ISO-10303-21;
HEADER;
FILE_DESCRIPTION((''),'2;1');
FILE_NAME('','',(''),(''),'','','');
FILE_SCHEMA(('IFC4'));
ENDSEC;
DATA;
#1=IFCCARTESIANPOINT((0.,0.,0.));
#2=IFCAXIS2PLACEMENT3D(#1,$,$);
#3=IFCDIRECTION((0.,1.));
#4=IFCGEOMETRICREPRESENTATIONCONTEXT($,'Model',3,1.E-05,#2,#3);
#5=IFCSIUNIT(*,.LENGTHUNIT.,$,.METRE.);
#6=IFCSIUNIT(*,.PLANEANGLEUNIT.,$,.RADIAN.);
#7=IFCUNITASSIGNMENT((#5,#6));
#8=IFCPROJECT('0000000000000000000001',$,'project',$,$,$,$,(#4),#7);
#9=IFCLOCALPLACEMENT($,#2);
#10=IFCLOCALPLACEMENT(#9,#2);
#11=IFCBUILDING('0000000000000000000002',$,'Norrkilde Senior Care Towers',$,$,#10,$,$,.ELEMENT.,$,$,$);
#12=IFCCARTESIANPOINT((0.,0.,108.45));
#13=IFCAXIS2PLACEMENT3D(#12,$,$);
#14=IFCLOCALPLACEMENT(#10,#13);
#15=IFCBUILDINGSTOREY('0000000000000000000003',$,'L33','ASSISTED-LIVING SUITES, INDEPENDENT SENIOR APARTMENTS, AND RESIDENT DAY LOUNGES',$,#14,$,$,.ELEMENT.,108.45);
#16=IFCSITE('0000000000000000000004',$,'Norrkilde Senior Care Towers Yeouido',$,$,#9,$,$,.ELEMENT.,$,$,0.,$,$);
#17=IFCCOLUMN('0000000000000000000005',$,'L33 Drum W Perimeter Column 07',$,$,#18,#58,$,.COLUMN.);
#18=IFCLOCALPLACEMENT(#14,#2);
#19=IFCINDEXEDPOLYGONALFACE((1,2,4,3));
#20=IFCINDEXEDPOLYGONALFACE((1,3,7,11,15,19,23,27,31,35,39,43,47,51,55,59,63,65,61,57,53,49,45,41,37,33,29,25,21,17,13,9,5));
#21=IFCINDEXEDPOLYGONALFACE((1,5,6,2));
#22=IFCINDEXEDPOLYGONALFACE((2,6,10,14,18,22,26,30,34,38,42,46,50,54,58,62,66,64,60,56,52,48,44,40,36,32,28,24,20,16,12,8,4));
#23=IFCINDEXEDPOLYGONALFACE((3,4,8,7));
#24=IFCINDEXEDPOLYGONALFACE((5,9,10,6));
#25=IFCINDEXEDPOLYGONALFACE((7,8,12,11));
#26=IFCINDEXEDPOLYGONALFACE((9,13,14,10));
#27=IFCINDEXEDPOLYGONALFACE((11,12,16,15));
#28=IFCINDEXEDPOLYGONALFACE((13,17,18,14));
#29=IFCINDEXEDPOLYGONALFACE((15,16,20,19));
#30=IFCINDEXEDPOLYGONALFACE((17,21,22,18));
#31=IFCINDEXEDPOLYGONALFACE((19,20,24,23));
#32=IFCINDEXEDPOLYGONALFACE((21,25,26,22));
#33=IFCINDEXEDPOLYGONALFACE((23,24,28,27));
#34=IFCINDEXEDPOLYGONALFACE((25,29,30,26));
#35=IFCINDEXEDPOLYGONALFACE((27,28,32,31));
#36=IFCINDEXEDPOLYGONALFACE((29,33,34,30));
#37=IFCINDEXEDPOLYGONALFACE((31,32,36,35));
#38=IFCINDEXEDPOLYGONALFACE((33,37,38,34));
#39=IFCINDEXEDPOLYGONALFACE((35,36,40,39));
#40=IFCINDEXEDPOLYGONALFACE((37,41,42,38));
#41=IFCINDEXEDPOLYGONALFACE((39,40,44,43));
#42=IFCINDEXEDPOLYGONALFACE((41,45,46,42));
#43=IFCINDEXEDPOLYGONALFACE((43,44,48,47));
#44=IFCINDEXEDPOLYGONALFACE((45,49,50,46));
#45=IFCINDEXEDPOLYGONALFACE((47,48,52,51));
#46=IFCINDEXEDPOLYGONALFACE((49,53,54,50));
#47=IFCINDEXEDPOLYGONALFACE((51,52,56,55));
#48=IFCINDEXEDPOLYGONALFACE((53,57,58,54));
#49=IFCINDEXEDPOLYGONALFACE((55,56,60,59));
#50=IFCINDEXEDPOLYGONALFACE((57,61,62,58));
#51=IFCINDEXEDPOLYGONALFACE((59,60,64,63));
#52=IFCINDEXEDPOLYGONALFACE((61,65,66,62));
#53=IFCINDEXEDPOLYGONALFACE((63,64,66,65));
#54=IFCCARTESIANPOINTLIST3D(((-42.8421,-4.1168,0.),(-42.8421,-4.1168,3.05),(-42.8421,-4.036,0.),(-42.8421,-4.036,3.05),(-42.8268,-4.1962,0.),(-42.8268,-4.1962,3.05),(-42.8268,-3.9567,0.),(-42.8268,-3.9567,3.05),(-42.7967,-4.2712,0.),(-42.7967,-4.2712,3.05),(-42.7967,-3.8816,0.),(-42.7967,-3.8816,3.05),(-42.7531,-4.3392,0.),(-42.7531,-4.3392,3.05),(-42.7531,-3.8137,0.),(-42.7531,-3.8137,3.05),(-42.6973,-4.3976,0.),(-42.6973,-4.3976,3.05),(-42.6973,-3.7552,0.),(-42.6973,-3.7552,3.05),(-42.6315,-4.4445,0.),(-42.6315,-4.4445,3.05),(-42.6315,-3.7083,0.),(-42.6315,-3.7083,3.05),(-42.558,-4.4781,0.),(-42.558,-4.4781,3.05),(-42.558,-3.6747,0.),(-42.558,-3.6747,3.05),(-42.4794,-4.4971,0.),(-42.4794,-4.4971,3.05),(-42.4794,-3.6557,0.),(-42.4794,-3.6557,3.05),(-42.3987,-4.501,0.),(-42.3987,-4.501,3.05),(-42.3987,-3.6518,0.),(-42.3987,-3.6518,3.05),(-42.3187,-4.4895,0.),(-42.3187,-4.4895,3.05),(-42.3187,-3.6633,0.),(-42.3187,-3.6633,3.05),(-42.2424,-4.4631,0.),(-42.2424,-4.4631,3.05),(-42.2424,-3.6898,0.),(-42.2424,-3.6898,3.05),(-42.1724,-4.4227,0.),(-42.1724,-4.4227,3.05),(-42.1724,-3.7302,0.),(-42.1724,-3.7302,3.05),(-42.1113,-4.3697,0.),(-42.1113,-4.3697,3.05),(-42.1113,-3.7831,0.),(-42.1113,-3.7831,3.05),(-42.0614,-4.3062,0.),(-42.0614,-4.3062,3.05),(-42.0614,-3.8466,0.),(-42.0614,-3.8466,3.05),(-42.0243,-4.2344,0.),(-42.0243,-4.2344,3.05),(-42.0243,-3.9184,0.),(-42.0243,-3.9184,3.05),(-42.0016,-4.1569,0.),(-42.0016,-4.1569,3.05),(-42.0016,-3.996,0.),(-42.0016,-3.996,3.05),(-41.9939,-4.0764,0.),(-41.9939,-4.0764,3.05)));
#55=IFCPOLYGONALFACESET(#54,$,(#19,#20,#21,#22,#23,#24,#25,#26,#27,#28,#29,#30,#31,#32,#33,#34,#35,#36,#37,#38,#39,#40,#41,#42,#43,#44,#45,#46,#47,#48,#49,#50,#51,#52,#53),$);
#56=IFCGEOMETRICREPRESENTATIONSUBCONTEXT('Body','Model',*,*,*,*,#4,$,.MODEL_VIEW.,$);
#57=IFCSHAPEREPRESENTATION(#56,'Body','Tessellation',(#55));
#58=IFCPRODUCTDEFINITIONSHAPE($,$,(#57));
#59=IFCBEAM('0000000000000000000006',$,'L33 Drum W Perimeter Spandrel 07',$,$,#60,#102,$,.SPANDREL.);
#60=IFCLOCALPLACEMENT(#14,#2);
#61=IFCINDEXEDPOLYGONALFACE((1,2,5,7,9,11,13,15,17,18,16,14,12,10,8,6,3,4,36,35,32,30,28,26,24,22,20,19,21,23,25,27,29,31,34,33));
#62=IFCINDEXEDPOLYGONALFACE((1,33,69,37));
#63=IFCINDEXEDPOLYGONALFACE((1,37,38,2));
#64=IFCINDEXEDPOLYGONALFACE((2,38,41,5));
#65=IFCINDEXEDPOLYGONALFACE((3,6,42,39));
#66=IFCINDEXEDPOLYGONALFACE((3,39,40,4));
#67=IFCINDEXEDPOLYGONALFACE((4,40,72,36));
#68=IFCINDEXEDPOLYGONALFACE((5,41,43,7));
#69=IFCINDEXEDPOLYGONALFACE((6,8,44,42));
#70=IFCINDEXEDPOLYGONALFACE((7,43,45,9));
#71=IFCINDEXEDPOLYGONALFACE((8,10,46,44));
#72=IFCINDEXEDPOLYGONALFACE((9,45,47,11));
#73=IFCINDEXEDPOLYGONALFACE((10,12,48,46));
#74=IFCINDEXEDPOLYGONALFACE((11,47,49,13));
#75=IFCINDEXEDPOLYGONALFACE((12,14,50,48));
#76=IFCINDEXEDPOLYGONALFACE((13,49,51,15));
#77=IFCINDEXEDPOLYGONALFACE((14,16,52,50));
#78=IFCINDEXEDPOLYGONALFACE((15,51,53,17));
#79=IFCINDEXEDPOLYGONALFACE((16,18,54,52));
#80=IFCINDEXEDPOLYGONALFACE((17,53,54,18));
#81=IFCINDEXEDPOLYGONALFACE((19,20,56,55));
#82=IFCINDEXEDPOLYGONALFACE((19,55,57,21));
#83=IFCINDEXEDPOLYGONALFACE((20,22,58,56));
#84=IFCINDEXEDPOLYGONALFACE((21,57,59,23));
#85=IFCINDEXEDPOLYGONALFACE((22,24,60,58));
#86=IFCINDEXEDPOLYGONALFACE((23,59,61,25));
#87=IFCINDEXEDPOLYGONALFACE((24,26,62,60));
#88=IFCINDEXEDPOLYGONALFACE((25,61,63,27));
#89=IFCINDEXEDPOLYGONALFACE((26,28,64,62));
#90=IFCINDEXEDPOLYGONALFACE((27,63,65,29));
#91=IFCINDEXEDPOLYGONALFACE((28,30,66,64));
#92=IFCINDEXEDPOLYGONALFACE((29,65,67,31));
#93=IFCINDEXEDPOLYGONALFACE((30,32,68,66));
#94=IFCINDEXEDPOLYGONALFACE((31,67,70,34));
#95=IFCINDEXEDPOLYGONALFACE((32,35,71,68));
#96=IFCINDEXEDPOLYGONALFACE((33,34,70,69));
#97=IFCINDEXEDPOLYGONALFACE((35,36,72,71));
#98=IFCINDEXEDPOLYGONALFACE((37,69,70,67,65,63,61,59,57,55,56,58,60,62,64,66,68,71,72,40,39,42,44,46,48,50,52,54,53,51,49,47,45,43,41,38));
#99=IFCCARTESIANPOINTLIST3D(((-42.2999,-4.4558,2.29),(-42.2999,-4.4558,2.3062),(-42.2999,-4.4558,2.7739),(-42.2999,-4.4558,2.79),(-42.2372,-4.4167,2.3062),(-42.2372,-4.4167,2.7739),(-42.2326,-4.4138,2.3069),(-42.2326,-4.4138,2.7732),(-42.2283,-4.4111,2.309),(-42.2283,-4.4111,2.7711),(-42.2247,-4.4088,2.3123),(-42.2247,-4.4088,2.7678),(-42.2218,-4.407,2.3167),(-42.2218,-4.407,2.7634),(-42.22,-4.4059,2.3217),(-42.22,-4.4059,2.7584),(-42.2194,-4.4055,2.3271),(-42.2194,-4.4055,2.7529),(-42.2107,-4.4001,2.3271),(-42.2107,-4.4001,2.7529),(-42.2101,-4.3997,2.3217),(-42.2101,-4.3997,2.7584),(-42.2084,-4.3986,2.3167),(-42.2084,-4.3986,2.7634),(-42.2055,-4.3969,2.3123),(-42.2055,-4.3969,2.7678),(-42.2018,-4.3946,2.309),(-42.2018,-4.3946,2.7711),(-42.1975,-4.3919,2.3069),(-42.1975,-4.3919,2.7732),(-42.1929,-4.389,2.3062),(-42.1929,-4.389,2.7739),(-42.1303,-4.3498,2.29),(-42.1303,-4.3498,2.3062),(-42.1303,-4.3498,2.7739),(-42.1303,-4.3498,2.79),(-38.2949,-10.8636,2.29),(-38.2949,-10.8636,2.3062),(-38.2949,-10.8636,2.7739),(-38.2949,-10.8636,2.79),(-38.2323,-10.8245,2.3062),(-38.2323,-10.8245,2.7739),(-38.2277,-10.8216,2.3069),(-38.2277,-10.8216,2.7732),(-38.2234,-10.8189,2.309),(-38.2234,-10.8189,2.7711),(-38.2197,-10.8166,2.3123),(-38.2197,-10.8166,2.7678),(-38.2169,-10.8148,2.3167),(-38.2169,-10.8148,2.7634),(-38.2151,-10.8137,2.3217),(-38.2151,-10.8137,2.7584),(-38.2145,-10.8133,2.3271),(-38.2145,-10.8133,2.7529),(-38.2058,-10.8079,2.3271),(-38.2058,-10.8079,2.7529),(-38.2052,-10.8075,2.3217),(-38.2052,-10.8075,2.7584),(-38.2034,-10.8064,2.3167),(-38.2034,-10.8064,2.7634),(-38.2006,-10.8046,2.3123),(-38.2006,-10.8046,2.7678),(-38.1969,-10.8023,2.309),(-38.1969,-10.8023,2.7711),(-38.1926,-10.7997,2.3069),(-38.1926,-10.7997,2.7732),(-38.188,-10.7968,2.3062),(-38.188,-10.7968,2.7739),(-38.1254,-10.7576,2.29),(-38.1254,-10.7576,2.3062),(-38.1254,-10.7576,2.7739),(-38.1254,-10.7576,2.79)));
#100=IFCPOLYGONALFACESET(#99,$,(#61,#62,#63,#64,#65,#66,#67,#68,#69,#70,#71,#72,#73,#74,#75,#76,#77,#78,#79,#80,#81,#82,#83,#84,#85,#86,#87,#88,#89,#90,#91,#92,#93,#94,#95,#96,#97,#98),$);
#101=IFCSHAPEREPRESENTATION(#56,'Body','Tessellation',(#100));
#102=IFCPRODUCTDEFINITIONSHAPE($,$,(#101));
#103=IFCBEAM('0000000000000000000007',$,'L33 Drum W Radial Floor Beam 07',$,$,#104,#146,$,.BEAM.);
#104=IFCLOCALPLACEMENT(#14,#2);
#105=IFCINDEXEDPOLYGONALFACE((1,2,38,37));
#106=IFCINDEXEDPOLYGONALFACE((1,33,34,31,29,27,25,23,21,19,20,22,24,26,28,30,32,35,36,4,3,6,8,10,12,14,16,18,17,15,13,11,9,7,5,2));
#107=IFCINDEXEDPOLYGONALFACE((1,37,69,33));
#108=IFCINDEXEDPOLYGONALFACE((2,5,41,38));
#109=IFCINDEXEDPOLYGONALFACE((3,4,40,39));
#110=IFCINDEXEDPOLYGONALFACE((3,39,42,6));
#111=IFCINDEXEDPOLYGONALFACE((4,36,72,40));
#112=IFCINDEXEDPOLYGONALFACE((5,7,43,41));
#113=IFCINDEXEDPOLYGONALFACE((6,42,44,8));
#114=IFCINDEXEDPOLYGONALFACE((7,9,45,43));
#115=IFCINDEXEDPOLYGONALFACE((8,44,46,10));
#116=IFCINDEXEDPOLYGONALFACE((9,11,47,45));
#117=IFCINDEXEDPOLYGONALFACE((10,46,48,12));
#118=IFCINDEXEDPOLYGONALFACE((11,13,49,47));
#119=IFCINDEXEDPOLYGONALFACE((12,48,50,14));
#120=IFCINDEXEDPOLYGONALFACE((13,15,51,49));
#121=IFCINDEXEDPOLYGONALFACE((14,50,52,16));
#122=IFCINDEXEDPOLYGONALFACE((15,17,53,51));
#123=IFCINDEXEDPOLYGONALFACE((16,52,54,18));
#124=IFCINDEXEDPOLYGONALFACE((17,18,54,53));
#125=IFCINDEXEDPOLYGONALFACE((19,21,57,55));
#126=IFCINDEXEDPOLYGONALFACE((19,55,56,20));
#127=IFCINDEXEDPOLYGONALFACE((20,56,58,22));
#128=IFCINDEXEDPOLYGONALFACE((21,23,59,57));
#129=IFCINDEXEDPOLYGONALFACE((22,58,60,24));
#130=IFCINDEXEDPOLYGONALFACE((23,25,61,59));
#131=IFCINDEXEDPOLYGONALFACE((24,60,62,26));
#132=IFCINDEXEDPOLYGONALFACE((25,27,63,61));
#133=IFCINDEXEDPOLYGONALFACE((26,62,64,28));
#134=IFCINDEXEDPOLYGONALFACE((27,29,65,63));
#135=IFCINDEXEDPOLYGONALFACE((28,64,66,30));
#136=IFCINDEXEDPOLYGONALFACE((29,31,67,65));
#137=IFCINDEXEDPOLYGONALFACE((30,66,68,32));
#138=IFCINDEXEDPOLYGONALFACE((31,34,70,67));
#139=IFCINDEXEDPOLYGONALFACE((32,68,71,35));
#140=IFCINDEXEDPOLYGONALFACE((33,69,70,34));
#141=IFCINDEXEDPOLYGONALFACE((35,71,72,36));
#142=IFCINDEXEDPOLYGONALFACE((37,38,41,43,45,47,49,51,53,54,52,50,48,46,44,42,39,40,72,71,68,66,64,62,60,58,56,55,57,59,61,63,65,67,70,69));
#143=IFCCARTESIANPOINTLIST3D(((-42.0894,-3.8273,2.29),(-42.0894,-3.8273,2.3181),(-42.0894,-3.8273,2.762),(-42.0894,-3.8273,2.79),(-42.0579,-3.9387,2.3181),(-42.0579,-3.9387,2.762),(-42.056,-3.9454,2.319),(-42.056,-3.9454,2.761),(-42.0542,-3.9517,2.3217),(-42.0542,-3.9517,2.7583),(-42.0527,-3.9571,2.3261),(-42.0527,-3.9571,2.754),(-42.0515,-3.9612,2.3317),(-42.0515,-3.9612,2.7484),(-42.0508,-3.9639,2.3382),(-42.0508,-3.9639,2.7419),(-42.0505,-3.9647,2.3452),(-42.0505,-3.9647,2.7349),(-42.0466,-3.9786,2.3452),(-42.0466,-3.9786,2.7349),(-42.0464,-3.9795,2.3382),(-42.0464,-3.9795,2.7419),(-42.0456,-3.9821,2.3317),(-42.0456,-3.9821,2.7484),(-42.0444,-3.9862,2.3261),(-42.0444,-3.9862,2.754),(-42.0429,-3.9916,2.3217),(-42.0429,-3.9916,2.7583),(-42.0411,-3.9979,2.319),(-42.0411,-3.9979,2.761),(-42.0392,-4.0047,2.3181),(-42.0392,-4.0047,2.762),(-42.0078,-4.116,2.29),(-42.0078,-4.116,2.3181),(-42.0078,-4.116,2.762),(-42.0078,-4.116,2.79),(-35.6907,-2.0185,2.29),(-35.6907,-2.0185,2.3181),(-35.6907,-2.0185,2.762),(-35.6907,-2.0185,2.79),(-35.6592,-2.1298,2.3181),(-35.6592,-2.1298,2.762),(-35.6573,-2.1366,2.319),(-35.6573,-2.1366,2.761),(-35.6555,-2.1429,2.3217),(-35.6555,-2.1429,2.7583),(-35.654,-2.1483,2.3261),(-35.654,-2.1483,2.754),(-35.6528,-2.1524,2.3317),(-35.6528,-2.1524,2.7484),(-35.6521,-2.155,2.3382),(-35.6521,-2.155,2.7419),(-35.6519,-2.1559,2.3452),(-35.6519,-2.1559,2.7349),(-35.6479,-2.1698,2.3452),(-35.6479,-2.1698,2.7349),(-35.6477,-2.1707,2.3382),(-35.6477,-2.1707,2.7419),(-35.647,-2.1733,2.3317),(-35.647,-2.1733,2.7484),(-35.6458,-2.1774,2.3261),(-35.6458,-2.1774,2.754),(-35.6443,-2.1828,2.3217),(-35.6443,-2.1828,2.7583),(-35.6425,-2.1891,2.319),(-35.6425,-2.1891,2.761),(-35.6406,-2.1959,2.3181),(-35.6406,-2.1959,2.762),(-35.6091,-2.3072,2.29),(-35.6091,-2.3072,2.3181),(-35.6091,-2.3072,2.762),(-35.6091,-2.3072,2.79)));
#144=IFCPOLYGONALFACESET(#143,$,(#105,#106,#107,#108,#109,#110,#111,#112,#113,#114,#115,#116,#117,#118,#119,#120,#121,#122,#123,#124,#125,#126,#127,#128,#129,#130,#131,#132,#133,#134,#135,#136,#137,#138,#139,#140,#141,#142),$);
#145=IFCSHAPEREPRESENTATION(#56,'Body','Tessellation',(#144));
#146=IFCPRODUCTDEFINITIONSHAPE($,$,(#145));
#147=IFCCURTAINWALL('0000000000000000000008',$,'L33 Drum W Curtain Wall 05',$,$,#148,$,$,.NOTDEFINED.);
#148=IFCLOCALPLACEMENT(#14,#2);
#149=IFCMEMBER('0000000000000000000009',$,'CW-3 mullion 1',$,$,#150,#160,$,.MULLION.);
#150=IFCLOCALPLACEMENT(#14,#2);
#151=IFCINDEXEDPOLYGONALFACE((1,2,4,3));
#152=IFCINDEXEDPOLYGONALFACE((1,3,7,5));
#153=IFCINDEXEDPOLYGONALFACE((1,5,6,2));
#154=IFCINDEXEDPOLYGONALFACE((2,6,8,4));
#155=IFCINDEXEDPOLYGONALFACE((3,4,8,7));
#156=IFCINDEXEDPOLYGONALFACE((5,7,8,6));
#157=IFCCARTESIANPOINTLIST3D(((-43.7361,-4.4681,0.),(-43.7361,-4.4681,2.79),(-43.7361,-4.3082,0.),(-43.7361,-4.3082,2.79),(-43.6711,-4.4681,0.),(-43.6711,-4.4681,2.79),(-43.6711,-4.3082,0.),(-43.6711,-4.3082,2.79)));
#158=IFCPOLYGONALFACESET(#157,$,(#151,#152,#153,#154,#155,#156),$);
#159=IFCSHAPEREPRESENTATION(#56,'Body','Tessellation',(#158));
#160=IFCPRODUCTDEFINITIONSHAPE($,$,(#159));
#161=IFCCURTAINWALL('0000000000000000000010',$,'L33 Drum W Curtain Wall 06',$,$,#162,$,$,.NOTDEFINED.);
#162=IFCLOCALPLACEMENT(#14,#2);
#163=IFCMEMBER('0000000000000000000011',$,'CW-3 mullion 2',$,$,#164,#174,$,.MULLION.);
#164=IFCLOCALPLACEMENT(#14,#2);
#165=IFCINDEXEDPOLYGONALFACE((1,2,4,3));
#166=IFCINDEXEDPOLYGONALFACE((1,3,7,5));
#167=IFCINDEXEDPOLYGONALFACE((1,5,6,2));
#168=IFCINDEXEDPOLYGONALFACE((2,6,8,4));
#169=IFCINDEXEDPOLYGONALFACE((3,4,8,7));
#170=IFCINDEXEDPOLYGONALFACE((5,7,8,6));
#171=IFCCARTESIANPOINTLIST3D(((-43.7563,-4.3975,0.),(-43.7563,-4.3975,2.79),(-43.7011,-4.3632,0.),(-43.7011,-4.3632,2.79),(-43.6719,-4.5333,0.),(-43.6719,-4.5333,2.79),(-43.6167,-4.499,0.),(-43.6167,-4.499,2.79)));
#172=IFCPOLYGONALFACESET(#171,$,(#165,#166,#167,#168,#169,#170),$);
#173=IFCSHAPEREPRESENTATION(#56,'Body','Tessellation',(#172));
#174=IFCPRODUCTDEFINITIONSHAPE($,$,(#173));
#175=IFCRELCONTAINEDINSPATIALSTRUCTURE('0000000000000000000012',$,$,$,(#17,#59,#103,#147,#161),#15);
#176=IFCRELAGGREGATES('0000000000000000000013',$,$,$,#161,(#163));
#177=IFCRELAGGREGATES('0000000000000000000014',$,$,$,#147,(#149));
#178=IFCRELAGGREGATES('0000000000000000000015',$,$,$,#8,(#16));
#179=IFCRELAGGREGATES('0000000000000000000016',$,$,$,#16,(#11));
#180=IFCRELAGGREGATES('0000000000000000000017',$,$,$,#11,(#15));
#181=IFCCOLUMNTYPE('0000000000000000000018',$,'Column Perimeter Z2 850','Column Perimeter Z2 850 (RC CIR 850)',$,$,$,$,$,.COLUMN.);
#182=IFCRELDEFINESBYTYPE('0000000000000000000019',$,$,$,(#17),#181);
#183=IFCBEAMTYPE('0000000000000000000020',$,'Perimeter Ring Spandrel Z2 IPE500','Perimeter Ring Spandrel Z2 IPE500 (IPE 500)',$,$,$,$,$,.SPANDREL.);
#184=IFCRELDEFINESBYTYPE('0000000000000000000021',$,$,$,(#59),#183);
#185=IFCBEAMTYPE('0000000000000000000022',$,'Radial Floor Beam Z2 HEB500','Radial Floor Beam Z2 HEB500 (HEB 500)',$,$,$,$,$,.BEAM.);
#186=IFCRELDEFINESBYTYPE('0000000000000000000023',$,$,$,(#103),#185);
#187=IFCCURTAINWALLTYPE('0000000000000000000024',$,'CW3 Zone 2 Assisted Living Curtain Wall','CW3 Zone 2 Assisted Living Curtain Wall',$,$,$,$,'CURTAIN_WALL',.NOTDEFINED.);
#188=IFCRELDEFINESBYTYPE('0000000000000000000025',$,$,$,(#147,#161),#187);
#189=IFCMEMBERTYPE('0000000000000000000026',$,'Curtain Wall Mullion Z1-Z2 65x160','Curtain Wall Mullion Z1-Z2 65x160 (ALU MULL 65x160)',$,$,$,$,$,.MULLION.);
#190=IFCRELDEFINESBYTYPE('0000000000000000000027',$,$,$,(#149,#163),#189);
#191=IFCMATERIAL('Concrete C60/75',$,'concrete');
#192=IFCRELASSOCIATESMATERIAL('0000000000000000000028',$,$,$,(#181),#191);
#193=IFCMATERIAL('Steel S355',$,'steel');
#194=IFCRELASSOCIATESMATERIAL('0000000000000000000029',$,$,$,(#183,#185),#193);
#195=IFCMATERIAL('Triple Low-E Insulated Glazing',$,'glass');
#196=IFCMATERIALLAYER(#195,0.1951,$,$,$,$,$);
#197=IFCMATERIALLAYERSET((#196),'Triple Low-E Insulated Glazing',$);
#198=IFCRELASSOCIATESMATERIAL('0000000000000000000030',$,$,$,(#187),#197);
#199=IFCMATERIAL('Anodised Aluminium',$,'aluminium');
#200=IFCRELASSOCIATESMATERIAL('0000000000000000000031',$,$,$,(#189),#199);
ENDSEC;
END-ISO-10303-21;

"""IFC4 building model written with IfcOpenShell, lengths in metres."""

from ifc_helpers import new_model, si_unit, direction, frame, origin, origin_2d, place, context, subcontext, project, spatial, rectangle, circle, i_section, extrude, source, transform, mapped, material, layer, layer_set, material_profile, profile_set, type_object, type_shapes, element, aggregate, save


model = new_model("IFC4")

# Units and contexts
model_context = context("Model", 3, precision=1e-05, world=origin(), true_north=direction((0.0, 1.0)))
body_context = subcontext(model_context, "Body", "Model", "MODEL_VIEW")
ifc_project = project(units=[si_unit("LENGTHUNIT", "METRE"), si_unit("PLANEANGLEUNIT", "RADIAN")], contexts=[model_context])

# Site, building, storey
site_placement = place(None, origin())
site = spatial("IfcSite", under=ifc_project, at=site_placement, Name="Norrkilde Senior Care Towers Yeouido", CompositionType="ELEMENT", RefElevation=0.0)
building_placement = place(site_placement, origin())
building = spatial("IfcBuilding", under=site, at=building_placement, Name="Norrkilde Senior Care Towers", CompositionType="ELEMENT")
storey_placement = place(building_placement, frame((0.0, 0.0, 108.45)))
storey = spatial("IfcBuildingStorey", under=building, at=storey_placement, Name="L33", Description="ASSISTED-LIVING SUITES, INDEPENDENT SENIOR APARTMENTS, AND RESIDENT DAY LOUNGES", CompositionType="ELEMENT", Elevation=108.45)

# Column
ifc_material_1 = material(Name="Concrete C60/75", Category="concrete")
ifc_material_profile_1 = material_profile(ifc_material_1, circle(Radius=0.425, at=origin_2d()), Name="RC CIR 850")
ifc_profile_set_1 = profile_set([ifc_material_profile_1], Name="Concrete C60/75")
column_type = type_object("IfcColumnType", Name="Column Perimeter Z2 850", Description="Column Perimeter Z2 850 (RC CIR 850)", PredefinedType="COLUMN", material=ifc_profile_set_1)
shared_shape_1 = source(origin(), body_context, "Body", "SweptSolid", [
    extrude(circle(Radius=0.425, at=origin_2d()), origin(), (0.0, 0.0, 1.0), 3.05),
])
type_shapes(column_type, [shared_shape_1])
column_placement = place(storey_placement, frame((-42.4189, -4.0764, 0.0), z_axis=(0.0, 0.0, 1.0), x_axis=(1.0, 0.0, 0.0)))
element("IfcColumn", 1, at=column_placement, inside=storey, type_object=column_type, Name="L33 Drum W Perimeter Column 07", PredefinedType="COLUMN", context=body_context, shape_type="MappedRepresentation", body=[
    mapped(shared_shape_1, transform((0.0, 0.0, 0.0), x_axis=(1.0, 0.0, 0.0), y_axis=(0.0, 1.0, 0.0), z_axis=(0.0, 0.0, 1.0), scale=1.0)),
])

# Beams
ifc_material_2 = material(Name="Steel S355", Category="steel")
ifc_material_profile_2 = material_profile(ifc_material_2, i_section(OverallWidth=0.2, OverallDepth=0.5, WebThickness=0.0103, FlangeThickness=0.0161, FilletRadius=0.021, at=origin_2d()), Name="IPE 500")
ifc_profile_set_2 = profile_set([ifc_material_profile_2], Name="Steel S355")
beam_type_1 = type_object("IfcBeamType", Name="Perimeter Ring Spandrel Z2 IPE500", Description="Perimeter Ring Spandrel Z2 IPE500 (IPE 500)", PredefinedType="SPANDREL", material=ifc_profile_set_2)
shared_shape_2 = source(origin(), body_context, "Body", "SweptSolid", [
    extrude(i_section(OverallWidth=0.2, OverallDepth=0.5, WebThickness=0.0103, FlangeThickness=0.0161, FilletRadius=0.021, at=origin_2d()), origin(), (0.0, 0.0, 1.0), 7.5564),
])
type_shapes(beam_type_1, [shared_shape_2])
beam_1_placement = place(storey_placement, frame((-42.2151, -4.4028, 2.54), z_axis=(0.530005, -0.847995, 0.0), x_axis=(0.847995, 0.530005, 0.0)))
element("IfcBeam", 2, at=beam_1_placement, inside=storey, type_object=beam_type_1, Name="L33 Drum W Perimeter Spandrel 07", PredefinedType="SPANDREL", context=body_context, shape_type="MappedRepresentation", body=[
    mapped(shared_shape_2, transform((0.0, 0.0, 0.0), x_axis=(1.0, 0.0, 0.0), y_axis=(0.0, 1.0, 0.0), z_axis=(0.0, 0.0, 1.0), scale=1.0)),
])
ifc_material_profile_3 = material_profile(ifc_material_2, i_section(OverallWidth=0.3, OverallDepth=0.5, WebThickness=0.0144, FlangeThickness=0.0281, FilletRadius=0.0271, at=origin_2d()), Name="HEB 500")
ifc_profile_set_3 = profile_set([ifc_material_profile_3], Name="Steel S355")
beam_type_2 = type_object("IfcBeamType", Name="Radial Floor Beam Z2 HEB500", Description="Radial Floor Beam Z2 HEB500 (HEB 500)", PredefinedType="BEAM", material=ifc_profile_set_3)
shared_shape_3 = source(origin(), body_context, "Body", "SweptSolid", [
    extrude(i_section(OverallWidth=0.3, OverallDepth=0.5, WebThickness=0.0144, FlangeThickness=0.0281, FilletRadius=0.0271, at=origin_2d()), origin(), (0.0, 0.0, 1.0), 6.6494),
])
type_shapes(beam_type_2, [shared_shape_3])
beam_2_placement = place(storey_placement, frame((-35.6499, -2.1628, 2.54), z_axis=(-0.962289, -0.272029, 0.0), x_axis=(0.272029, -0.962289, 0.0)))
element("IfcBeam", 3, at=beam_2_placement, inside=storey, type_object=beam_type_2, Name="L33 Drum W Radial Floor Beam 07", PredefinedType="BEAM", context=body_context, shape_type="MappedRepresentation", body=[
    mapped(shared_shape_3, transform((0.0, 0.0, 0.0), x_axis=(1.0, 0.0, 0.0), y_axis=(0.0, 1.0, 0.0), z_axis=(0.0, 0.0, 1.0), scale=1.0)),
])

# Curtain walls, members
ifc_material_3 = material(Name="Triple Low-E Insulated Glazing", Category="glass")
ifc_layer_1 = layer(ifc_material_3, 0.1951)
ifc_layer_set_1 = layer_set([ifc_layer_1], Name="Triple Low-E Insulated Glazing")
curtain_wall_type = type_object("IfcCurtainWallType", Name="CW3 Zone 2 Assisted Living Curtain Wall", Description="CW3 Zone 2 Assisted Living Curtain Wall", ElementType="CURTAIN_WALL", PredefinedType="NOTDEFINED", material=ifc_layer_set_1)
curtain_wall_1_placement = place(storey_placement, origin())
curtain_wall_1 = element("IfcCurtainWall", 4, at=curtain_wall_1_placement, inside=storey, type_object=curtain_wall_type, Name="L33 Drum W Curtain Wall 05", PredefinedType="NOTDEFINED")
ifc_material_4 = material(Name="Anodised Aluminium", Category="aluminium")
ifc_material_profile_4 = material_profile(ifc_material_4, rectangle(XDim=0.0649, YDim=0.1599, at=origin_2d()), Name="ALU MULL 65x160")
ifc_profile_set_4 = profile_set([ifc_material_profile_4], Name="Anodised Aluminium")
member_type_1 = type_object("IfcMemberType", Name="Curtain Wall Mullion Z1-Z2 65x160", Description="Curtain Wall Mullion Z1-Z2 65x160 (ALU MULL 65x160)", PredefinedType="MULLION", material=ifc_profile_set_4)
shared_shape_4 = source(origin(), body_context, "Body", "SweptSolid", [
    extrude(rectangle(XDim=0.0649, YDim=0.1599, at=origin_2d()), origin(), (0.0, 0.0, 1.0), 2.79),
])
type_shapes(member_type_1, [shared_shape_4])
member_1_placement = place(storey_placement, frame((-43.7036, -4.3882, 0.0), z_axis=(0.0, 0.0, 1.0), x_axis=(-1.0, 0.0, 0.0)))
member_1 = element("IfcMember", 5, at=member_1_placement, type_object=member_type_1, Name="CW-3 mullion 1", PredefinedType="MULLION", context=body_context, shape_type="MappedRepresentation", body=[
    mapped(shared_shape_4, transform((0.0, 0.0, 0.0), x_axis=(1.0, 0.0, 0.0), y_axis=(0.0, 1.0, 0.0), z_axis=(0.0, 0.0, 1.0), scale=1.0)),
])
curtain_wall_2_placement = place(storey_placement, origin())
curtain_wall_2 = element("IfcCurtainWall", 6, at=curtain_wall_2_placement, inside=storey, type_object=curtain_wall_type, Name="L33 Drum W Curtain Wall 06", PredefinedType="NOTDEFINED")
member_2_placement = place(storey_placement, frame((-43.6865, -4.4482, 0.0), z_axis=(0.0, 0.0, 1.0), x_axis=(-0.84941, -0.527733, 0.0)))
member_2 = element("IfcMember", 7, at=member_2_placement, type_object=member_type_1, Name="CW-3 mullion 2", PredefinedType="MULLION", context=body_context, shape_type="MappedRepresentation", body=[
    mapped(shared_shape_4, transform((0.0, 0.0, 0.0), x_axis=(1.0, 0.0, 0.0), y_axis=(0.0, 1.0, 0.0), z_axis=(0.0, 0.0, 1.0), scale=1.0)),
])
aggregate(curtain_wall_2, [member_2])

aggregate(curtain_wall_1, [member_1])

save(model, "model.ifc")
